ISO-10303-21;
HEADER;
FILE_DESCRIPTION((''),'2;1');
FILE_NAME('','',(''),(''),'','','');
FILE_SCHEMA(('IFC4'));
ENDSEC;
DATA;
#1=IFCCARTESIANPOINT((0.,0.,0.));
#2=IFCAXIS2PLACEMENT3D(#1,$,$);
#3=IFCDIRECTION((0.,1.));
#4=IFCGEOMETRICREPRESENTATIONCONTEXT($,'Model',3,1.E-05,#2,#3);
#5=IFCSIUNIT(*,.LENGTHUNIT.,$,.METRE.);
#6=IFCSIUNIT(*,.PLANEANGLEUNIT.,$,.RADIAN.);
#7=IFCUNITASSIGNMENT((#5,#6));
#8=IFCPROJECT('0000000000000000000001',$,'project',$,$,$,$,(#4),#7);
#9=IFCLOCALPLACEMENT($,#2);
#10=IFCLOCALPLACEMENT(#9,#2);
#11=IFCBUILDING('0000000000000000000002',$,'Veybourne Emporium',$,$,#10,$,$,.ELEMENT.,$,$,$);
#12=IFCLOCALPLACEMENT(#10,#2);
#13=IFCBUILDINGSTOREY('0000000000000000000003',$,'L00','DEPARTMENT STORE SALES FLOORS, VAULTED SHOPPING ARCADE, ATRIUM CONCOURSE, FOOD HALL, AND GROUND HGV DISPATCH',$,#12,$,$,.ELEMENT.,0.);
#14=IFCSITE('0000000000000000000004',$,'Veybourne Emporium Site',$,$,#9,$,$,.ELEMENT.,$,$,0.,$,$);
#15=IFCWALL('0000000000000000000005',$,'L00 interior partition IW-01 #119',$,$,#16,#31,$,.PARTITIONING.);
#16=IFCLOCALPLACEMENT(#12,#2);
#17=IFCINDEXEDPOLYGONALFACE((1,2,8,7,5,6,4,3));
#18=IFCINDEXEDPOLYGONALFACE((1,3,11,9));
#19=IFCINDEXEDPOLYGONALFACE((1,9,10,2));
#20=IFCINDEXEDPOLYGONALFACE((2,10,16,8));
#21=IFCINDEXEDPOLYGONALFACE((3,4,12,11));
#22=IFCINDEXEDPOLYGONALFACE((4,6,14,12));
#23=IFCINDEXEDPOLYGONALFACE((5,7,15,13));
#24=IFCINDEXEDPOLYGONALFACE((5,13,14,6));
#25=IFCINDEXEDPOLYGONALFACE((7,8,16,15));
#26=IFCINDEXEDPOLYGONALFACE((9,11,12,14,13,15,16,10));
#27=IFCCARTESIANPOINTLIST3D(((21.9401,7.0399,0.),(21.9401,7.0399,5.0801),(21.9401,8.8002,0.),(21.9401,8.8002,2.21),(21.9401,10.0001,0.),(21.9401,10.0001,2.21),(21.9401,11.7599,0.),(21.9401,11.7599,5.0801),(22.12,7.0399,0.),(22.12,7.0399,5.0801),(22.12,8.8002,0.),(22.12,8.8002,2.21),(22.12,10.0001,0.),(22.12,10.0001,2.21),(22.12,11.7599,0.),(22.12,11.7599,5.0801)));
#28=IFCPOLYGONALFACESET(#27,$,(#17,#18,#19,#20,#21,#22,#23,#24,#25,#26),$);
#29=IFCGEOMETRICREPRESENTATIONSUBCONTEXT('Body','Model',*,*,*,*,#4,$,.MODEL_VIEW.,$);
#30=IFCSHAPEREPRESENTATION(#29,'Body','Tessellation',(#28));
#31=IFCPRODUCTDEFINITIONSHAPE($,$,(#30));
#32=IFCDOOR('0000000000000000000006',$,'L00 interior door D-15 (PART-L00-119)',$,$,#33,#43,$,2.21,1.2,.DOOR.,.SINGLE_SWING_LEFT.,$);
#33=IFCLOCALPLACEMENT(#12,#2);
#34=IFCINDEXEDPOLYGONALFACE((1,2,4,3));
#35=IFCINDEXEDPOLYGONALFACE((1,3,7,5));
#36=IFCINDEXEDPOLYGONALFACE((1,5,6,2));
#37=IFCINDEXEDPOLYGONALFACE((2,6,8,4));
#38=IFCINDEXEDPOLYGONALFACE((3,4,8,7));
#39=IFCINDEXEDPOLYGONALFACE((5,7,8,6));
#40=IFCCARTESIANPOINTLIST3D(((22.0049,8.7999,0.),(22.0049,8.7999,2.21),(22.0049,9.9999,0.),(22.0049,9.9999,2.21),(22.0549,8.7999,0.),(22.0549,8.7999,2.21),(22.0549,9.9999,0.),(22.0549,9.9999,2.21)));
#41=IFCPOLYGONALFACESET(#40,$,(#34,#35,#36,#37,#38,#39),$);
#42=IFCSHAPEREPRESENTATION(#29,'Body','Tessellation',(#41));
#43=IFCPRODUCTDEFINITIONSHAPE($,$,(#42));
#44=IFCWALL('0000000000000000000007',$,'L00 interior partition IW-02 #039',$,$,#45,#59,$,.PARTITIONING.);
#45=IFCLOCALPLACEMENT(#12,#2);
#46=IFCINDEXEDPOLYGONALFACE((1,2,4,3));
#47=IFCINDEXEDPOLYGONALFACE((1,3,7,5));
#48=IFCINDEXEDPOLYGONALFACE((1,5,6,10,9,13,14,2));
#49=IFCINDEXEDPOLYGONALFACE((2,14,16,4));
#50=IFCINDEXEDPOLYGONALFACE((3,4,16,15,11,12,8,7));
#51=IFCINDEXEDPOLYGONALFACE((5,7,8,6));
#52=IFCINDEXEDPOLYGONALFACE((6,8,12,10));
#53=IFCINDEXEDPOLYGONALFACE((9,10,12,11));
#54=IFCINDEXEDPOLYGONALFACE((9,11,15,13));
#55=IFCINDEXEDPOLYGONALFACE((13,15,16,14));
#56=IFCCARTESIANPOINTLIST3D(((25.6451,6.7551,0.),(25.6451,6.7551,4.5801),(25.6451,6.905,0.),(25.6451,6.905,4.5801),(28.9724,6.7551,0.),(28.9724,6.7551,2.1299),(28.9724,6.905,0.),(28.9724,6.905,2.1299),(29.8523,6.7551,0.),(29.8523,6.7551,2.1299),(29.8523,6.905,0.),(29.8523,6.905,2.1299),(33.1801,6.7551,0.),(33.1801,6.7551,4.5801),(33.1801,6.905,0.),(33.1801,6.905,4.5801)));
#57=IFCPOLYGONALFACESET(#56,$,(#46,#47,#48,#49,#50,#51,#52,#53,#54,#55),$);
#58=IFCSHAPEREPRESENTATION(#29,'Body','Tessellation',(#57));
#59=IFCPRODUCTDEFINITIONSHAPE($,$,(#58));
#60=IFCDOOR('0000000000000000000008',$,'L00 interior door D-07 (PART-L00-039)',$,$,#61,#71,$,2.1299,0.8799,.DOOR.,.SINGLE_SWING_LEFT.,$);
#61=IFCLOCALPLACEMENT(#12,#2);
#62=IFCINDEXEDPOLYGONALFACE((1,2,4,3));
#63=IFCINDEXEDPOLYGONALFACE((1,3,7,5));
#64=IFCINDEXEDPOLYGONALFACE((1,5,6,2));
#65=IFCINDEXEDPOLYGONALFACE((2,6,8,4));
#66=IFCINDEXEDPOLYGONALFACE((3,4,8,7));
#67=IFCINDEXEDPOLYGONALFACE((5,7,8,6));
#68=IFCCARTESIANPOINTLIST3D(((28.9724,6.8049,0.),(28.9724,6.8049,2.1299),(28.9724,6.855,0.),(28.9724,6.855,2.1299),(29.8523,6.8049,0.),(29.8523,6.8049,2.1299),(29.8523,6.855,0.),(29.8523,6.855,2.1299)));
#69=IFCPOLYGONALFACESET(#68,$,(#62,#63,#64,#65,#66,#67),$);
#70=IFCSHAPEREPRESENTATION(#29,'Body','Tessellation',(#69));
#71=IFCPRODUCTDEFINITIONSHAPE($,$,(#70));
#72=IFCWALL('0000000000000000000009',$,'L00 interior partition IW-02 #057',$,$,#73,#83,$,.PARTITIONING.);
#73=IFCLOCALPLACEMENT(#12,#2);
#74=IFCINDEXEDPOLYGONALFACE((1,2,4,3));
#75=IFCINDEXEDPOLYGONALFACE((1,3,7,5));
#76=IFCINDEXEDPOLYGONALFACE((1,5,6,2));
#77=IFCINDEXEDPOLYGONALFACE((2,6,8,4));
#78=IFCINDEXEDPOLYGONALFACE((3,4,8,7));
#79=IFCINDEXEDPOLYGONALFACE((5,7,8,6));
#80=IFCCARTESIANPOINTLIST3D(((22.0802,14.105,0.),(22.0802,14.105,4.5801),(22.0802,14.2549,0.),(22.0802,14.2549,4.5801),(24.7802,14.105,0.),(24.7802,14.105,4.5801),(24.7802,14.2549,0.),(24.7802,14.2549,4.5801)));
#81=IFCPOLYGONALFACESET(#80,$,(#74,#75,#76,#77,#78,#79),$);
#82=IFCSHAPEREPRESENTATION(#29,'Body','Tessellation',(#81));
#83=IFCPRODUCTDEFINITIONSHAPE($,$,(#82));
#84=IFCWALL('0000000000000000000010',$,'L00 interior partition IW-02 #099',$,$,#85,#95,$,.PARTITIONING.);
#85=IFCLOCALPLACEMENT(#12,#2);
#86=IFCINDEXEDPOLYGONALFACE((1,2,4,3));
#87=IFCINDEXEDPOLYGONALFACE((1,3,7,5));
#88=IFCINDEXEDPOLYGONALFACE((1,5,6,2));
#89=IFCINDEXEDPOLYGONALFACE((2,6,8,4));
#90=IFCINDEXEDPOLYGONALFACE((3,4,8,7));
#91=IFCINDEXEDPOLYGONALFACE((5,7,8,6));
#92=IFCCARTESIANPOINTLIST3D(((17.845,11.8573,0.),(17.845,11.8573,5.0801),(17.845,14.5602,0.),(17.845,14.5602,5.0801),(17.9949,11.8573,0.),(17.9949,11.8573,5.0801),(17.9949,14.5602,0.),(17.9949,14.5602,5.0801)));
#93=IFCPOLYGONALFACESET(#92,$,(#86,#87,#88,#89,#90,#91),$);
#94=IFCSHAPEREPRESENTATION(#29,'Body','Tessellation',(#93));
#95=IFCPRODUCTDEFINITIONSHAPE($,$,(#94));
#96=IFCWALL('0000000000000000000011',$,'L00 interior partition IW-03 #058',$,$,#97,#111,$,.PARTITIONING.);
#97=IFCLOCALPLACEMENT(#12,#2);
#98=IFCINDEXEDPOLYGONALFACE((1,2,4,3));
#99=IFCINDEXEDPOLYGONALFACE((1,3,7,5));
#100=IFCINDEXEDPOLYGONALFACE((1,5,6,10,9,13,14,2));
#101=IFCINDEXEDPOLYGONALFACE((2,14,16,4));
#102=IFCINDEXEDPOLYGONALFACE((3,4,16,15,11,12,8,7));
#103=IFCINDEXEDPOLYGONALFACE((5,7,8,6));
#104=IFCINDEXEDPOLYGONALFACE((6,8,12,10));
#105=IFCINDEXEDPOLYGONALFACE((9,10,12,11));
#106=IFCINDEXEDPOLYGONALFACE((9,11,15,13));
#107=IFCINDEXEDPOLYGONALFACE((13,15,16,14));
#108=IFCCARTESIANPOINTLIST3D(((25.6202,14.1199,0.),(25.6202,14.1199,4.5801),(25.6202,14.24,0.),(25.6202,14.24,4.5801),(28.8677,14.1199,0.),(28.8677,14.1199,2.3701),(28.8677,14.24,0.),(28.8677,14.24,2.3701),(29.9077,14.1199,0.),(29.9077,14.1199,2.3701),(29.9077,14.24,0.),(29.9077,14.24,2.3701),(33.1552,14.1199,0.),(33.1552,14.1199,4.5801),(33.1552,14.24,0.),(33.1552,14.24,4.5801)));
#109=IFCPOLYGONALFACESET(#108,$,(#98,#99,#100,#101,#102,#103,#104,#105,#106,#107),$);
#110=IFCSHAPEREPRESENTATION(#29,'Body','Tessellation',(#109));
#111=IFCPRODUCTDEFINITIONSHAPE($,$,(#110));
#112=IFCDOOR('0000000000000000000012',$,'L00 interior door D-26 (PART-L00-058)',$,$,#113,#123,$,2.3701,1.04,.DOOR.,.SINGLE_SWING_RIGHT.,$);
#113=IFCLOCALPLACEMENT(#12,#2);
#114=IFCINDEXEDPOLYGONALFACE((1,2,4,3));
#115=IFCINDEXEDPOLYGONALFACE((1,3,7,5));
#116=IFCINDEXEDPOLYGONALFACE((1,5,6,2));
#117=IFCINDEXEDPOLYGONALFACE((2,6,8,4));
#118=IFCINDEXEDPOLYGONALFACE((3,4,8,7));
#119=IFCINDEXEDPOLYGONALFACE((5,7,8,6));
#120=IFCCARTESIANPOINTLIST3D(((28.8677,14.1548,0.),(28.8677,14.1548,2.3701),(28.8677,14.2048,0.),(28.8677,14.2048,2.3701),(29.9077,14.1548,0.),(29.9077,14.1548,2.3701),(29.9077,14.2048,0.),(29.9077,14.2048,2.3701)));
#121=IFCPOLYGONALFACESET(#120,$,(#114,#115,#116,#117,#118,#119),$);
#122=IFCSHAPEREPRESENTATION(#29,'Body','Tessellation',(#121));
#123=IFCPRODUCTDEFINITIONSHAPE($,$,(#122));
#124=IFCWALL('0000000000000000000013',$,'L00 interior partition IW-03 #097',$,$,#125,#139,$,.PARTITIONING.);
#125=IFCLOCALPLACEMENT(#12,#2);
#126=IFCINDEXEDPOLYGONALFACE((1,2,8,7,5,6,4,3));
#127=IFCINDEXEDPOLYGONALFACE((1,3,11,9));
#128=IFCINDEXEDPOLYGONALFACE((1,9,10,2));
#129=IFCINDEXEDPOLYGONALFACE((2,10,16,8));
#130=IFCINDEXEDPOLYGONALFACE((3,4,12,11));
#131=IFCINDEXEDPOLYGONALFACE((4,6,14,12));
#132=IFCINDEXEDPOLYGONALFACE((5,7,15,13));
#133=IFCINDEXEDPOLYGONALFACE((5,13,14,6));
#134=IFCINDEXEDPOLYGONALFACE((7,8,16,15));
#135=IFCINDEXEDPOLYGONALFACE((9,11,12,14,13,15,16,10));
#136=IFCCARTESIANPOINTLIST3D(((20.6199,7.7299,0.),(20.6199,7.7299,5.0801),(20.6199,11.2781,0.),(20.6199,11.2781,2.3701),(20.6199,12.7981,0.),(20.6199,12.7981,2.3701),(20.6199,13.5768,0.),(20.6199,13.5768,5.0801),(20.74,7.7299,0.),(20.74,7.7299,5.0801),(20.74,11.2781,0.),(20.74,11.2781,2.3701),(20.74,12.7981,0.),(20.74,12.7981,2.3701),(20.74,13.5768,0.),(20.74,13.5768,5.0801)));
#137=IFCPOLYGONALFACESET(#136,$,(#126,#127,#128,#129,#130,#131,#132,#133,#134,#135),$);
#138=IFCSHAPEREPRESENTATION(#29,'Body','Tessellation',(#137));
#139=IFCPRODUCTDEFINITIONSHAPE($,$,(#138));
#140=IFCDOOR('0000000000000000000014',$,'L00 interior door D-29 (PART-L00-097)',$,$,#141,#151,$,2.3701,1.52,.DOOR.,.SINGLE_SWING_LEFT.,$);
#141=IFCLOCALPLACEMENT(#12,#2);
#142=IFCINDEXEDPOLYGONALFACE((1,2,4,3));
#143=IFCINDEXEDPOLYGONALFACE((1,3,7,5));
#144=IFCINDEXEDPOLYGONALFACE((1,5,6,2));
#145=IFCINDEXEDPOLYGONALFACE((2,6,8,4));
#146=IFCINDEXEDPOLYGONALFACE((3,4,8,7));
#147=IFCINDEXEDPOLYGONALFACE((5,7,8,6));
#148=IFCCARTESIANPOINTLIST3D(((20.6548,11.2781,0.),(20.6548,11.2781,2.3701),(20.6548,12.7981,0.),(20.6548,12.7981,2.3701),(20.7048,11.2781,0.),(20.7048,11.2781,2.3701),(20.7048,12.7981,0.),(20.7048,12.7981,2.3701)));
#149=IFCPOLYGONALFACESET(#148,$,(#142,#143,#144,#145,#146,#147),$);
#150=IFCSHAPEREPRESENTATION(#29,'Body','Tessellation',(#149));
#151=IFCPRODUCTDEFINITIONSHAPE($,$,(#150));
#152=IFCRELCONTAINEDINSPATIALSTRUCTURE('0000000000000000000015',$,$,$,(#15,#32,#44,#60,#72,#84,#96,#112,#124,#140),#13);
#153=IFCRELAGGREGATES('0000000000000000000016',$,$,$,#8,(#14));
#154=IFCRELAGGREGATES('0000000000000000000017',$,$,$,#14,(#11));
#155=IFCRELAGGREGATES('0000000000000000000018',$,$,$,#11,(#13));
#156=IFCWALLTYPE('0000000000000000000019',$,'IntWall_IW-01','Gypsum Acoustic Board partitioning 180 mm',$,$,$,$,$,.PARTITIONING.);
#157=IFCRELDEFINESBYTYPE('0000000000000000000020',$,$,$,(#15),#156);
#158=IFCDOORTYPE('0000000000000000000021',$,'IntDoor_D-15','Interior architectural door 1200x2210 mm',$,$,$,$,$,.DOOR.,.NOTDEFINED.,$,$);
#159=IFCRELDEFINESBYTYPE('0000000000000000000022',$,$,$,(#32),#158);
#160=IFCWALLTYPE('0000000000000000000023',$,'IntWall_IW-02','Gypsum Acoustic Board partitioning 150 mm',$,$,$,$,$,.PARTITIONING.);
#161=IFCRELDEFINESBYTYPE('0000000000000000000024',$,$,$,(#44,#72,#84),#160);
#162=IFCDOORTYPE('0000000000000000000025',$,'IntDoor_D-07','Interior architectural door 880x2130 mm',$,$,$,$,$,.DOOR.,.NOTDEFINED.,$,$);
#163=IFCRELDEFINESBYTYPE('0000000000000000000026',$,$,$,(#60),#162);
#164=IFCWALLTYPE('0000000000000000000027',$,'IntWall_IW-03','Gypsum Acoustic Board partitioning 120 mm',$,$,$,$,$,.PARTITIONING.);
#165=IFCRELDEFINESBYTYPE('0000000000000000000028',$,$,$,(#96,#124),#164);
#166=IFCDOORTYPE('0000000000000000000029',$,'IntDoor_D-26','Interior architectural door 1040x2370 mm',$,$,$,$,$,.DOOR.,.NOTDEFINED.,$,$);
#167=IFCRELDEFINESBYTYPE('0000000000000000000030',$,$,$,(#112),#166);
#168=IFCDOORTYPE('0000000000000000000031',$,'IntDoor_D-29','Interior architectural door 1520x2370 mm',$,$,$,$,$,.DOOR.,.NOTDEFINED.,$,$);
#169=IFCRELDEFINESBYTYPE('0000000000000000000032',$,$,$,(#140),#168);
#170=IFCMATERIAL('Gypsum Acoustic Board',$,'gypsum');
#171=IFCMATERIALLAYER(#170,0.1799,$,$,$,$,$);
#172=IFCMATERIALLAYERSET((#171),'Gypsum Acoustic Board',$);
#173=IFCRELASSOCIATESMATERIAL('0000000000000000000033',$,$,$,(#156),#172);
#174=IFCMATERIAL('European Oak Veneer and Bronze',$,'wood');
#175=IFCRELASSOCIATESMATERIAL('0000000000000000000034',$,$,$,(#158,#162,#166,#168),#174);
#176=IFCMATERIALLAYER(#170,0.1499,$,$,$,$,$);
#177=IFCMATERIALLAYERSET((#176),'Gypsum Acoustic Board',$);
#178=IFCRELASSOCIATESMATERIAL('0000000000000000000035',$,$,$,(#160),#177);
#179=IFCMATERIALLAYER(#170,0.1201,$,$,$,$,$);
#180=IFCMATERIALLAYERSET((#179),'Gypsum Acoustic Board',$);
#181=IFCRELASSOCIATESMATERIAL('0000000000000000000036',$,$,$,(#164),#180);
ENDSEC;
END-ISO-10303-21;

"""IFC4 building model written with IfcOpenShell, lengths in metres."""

from ifc_helpers import new_model, si_unit, direction, frame, frame_2d, origin, place, context, subcontext, project, spatial, rectangle, extrude, material, layer, layer_set, type_object, element, fill, save


model = new_model("IFC4")

# Units and contexts
model_context = context("Model", 3, precision=1e-05, world=origin(), true_north=direction((0.0, 1.0)))
body_context = subcontext(model_context, "Body", "Model", "MODEL_VIEW")
ifc_project = project(units=[si_unit("LENGTHUNIT", "METRE"), si_unit("PLANEANGLEUNIT", "RADIAN")], contexts=[model_context])

# Site, building, storey
site_placement = place(None, origin())
site = spatial("IfcSite", under=ifc_project, at=site_placement, Name="Veybourne Emporium Site", CompositionType="ELEMENT", RefElevation=0.0)
building_placement = place(site_placement, origin())
building = spatial("IfcBuilding", under=site, at=building_placement, Name="Veybourne Emporium", CompositionType="ELEMENT")
storey_placement = place(building_placement, origin())
storey = spatial("IfcBuildingStorey", under=building, at=storey_placement, Name="L00", Description="DEPARTMENT STORE SALES FLOORS, VAULTED SHOPPING ARCADE, ATRIUM CONCOURSE, FOOD HALL, AND GROUND HGV DISPATCH", CompositionType="ELEMENT", Elevation=0.0)

# Shared definitions
ifc_material_1 = material(Name="Gypsum Acoustic Board", Category="gypsum")
ifc_layer_1 = layer(ifc_material_1, 0.1799)
ifc_layer_set_1 = layer_set([ifc_layer_1], Name="Gypsum Acoustic Board")
wall_type_1 = type_object("IfcWallType", Name="IntWall_IW-01", Description="Gypsum Acoustic Board partitioning 180 mm", PredefinedType="PARTITIONING", material=ifc_layer_set_1)
ifc_material_2 = material(Name="European Oak Veneer and Bronze", Category="wood")

# Walls, openings, doors
wall_1_placement = place(storey_placement, frame((22.03, 7.04, 0.0), z_axis=(0.0, 0.0, 1.0), x_axis=(0.0, 1.0, 0.0)))
wall_1 = element("IfcWall", 1, at=wall_1_placement, inside=storey, type_object=wall_type_1, Name="L00 interior partition IW-01 #119", PredefinedType="PARTITIONING", context=body_context, shape_type="SweptSolid", body=[
    extrude(rectangle(XDim=4.72, YDim=0.1799, at=frame_2d((2.3599, 0.0))), origin(), (0.0, 0.0, 1.0), 5.0801),
])
opening_1_placement = place(wall_1_placement, frame((1.76, 0.0, 0.0)))
opening_1 = element("IfcOpeningElement", 2, at=opening_1_placement, cuts=wall_1, PredefinedType="OPENING", context=body_context, shape_type="SweptSolid", body=[
    extrude(rectangle(XDim=1.2, YDim=2.21, at=frame_2d((0.6001, 1.105))), frame((0.0, 0.1099, 0.0), z_axis=(0.0, -1.0, 0.0), x_axis=(1.0, 0.0, 0.0)), (0.0, 0.0, 1.0), 0.22),
])
door_type_1 = type_object("IfcDoorType", Name="IntDoor_D-15", Description="Interior architectural door 1200x2210 mm", OperationType="NOTDEFINED", PredefinedType="DOOR", material=ifc_material_2)
door_1_placement = place(opening_1_placement, frame((1.2, 0.0, 0.0), z_axis=(0.0, 0.0, 1.0), x_axis=(-1.0, 0.0, 0.0)))
door_1 = element("IfcDoor", 3, at=door_1_placement, inside=storey, type_object=door_type_1, Name="L00 interior door D-15 (PART-L00-119)", OperationType="SINGLE_SWING_LEFT", OverallHeight=2.21, OverallWidth=1.2, PredefinedType="DOOR", context=body_context, shape_type="SweptSolid", body=[
    extrude(rectangle(XDim=1.2, YDim=2.21, at=frame_2d((0.6001, 1.105))), frame((0.0, 0.0249, 0.0), z_axis=(0.0, -1.0, 0.0), x_axis=(1.0, 0.0, 0.0)), (0.0, 0.0, 1.0), 0.05),
])
fill(opening_1, door_1)
ifc_layer_2 = layer(ifc_material_1, 0.1499)
ifc_layer_set_2 = layer_set([ifc_layer_2], Name="Gypsum Acoustic Board")
wall_type_2 = type_object("IfcWallType", Name="IntWall_IW-02", Description="Gypsum Acoustic Board partitioning 150 mm", PredefinedType="PARTITIONING", material=ifc_layer_set_2)
wall_2_placement = place(storey_placement, frame((25.645, 6.8301, 0.0), z_axis=(0.0, 0.0, 1.0), x_axis=(1.0, 0.0, 0.0)))
wall_2 = element("IfcWall", 4, at=wall_2_placement, inside=storey, type_object=wall_type_2, Name="L00 interior partition IW-02 #039", PredefinedType="PARTITIONING", context=body_context, shape_type="SweptSolid", body=[
    extrude(rectangle(XDim=7.5349, YDim=0.1499, at=frame_2d((3.7676, 0.0))), origin(), (0.0, 0.0, 1.0), 4.5801),
])
opening_2_placement = place(wall_2_placement, frame((3.3274, 0.0, 0.0)))
opening_2 = element("IfcOpeningElement", 5, at=opening_2_placement, cuts=wall_2, PredefinedType="OPENING", context=body_context, shape_type="SweptSolid", body=[
    extrude(rectangle(XDim=0.8799, YDim=2.1299, at=frame_2d((0.4399, 1.0649))), frame((0.0, 0.095, 0.0), z_axis=(0.0, -1.0, 0.0), x_axis=(1.0, 0.0, 0.0)), (0.0, 0.0, 1.0), 0.1899),
])
door_type_2 = type_object("IfcDoorType", Name="IntDoor_D-07", Description="Interior architectural door 880x2130 mm", OperationType="NOTDEFINED", PredefinedType="DOOR", material=ifc_material_2)
door_2_placement = place(opening_2_placement, origin())
door_2 = element("IfcDoor", 6, at=door_2_placement, inside=storey, type_object=door_type_2, Name="L00 interior door D-07 (PART-L00-039)", OperationType="SINGLE_SWING_LEFT", OverallHeight=2.1299, OverallWidth=0.8799, PredefinedType="DOOR", context=body_context, shape_type="SweptSolid", body=[
    extrude(rectangle(XDim=0.8799, YDim=2.1299, at=frame_2d((0.4399, 1.0649))), frame((0.0, 0.0249, 0.0), z_axis=(0.0, -1.0, 0.0), x_axis=(1.0, 0.0, 0.0)), (0.0, 0.0, 1.0), 0.05),
])
fill(opening_2, door_2)

# Walls
wall_3_placement = place(storey_placement, frame((22.0801, 14.1799, 0.0), z_axis=(0.0, 0.0, 1.0), x_axis=(1.0, 0.0, 0.0)))
element("IfcWall", 7, at=wall_3_placement, inside=storey, type_object=wall_type_2, Name="L00 interior partition IW-02 #057", PredefinedType="PARTITIONING", context=body_context, shape_type="SweptSolid", body=[
    extrude(rectangle(XDim=2.7, YDim=0.1499, at=frame_2d((1.3501, 0.0))), origin(), (0.0, 0.0, 1.0), 4.5801),
])
wall_4_placement = place(storey_placement, frame((17.9199, 11.8572, 0.0), z_axis=(0.0, 0.0, 1.0), x_axis=(0.0, 1.0, 0.0)))
element("IfcWall", 8, at=wall_4_placement, inside=storey, type_object=wall_type_2, Name="L00 interior partition IW-02 #099", PredefinedType="PARTITIONING", context=body_context, shape_type="SweptSolid", body=[
    extrude(rectangle(XDim=2.7029, YDim=0.1499, at=frame_2d((1.3516, 0.0))), origin(), (0.0, 0.0, 1.0), 5.0801),
])

# Walls, openings, doors
ifc_layer_3 = layer(ifc_material_1, 0.1201)
ifc_layer_set_3 = layer_set([ifc_layer_3], Name="Gypsum Acoustic Board")
wall_type_3 = type_object("IfcWallType", Name="IntWall_IW-03", Description="Gypsum Acoustic Board partitioning 120 mm", PredefinedType="PARTITIONING", material=ifc_layer_set_3)
wall_5_placement = place(storey_placement, frame((25.6201, 14.1799, 0.0), z_axis=(0.0, 0.0, 1.0), x_axis=(1.0, 0.0, 0.0)))
wall_5 = element("IfcWall", 9, at=wall_5_placement, inside=storey, type_object=wall_type_3, Name="L00 interior partition IW-03 #058", PredefinedType="PARTITIONING", context=body_context, shape_type="SweptSolid", body=[
    extrude(rectangle(XDim=7.5349, YDim=0.1201, at=frame_2d((3.7676, 0.0))), origin(), (0.0, 0.0, 1.0), 4.5801),
])
opening_3_placement = place(wall_5_placement, frame((3.2476, 0.0, 0.0)))
opening_3 = element("IfcOpeningElement", 10, at=opening_3_placement, cuts=wall_5, PredefinedType="OPENING", context=body_context, shape_type="SweptSolid", body=[
    extrude(rectangle(XDim=1.04, YDim=2.3701, at=frame_2d((0.52, 1.1851))), frame((0.0, 0.0801, 0.0), z_axis=(0.0, -1.0, 0.0), x_axis=(1.0, 0.0, 0.0)), (0.0, 0.0, 1.0), 0.1602),
])
door_type_3 = type_object("IfcDoorType", Name="IntDoor_D-26", Description="Interior architectural door 1040x2370 mm", OperationType="NOTDEFINED", PredefinedType="DOOR", material=ifc_material_2)
door_3_placement = place(opening_3_placement, origin())
door_3 = element("IfcDoor", 11, at=door_3_placement, inside=storey, type_object=door_type_3, Name="L00 interior door D-26 (PART-L00-058)", OperationType="SINGLE_SWING_RIGHT", OverallHeight=2.3701, OverallWidth=1.04, PredefinedType="DOOR", context=body_context, shape_type="SweptSolid", body=[
    extrude(rectangle(XDim=1.04, YDim=2.3701, at=frame_2d((0.52, 1.1851))), frame((0.0, 0.0249, 0.0), z_axis=(0.0, -1.0, 0.0), x_axis=(1.0, 0.0, 0.0)), (0.0, 0.0, 1.0), 0.05),
])
fill(opening_3, door_3)
wall_6_placement = place(storey_placement, frame((20.6799, 7.73, 0.0), z_axis=(0.0, 0.0, 1.0), x_axis=(0.0, 1.0, 0.0)))
wall_6 = element("IfcWall", 12, at=wall_6_placement, inside=storey, type_object=wall_type_3, Name="L00 interior partition IW-03 #097", PredefinedType="PARTITIONING", context=body_context, shape_type="SweptSolid", body=[
    extrude(rectangle(XDim=5.8469, YDim=0.1201, at=frame_2d((2.9233, 0.0))), origin(), (0.0, 0.0, 1.0), 5.0801),
])
opening_4_placement = place(wall_6_placement, frame((3.5481, 0.0, 0.0)))
opening_4 = element("IfcOpeningElement", 13, at=opening_4_placement, cuts=wall_6, PredefinedType="OPENING", context=body_context, shape_type="SweptSolid", body=[
    extrude(rectangle(XDim=1.52, YDim=2.3701, at=frame_2d((0.76, 1.1851))), frame((0.0, 0.0801, 0.0), z_axis=(0.0, -1.0, 0.0), x_axis=(1.0, 0.0, 0.0)), (0.0, 0.0, 1.0), 0.1602),
])
door_type_4 = type_object("IfcDoorType", Name="IntDoor_D-29", Description="Interior architectural door 1520x2370 mm", OperationType="NOTDEFINED", PredefinedType="DOOR", material=ifc_material_2)
door_4_placement = place(opening_4_placement, frame((1.52, 0.0, 0.0), z_axis=(0.0, 0.0, 1.0), x_axis=(-1.0, 0.0, 0.0)))
door_4 = element("IfcDoor", 14, at=door_4_placement, inside=storey, type_object=door_type_4, Name="L00 interior door D-29 (PART-L00-097)", OperationType="SINGLE_SWING_LEFT", OverallHeight=2.3701, OverallWidth=1.52, PredefinedType="DOOR", context=body_context, shape_type="SweptSolid", body=[
    extrude(rectangle(XDim=1.52, YDim=2.3701, at=frame_2d((0.76, 1.1851))), frame((0.0, 0.0249, 0.0), z_axis=(0.0, -1.0, 0.0), x_axis=(1.0, 0.0, 0.0)), (0.0, 0.0, 1.0), 0.05),
])
fill(opening_4, door_4)

save(model, "model.ifc")
